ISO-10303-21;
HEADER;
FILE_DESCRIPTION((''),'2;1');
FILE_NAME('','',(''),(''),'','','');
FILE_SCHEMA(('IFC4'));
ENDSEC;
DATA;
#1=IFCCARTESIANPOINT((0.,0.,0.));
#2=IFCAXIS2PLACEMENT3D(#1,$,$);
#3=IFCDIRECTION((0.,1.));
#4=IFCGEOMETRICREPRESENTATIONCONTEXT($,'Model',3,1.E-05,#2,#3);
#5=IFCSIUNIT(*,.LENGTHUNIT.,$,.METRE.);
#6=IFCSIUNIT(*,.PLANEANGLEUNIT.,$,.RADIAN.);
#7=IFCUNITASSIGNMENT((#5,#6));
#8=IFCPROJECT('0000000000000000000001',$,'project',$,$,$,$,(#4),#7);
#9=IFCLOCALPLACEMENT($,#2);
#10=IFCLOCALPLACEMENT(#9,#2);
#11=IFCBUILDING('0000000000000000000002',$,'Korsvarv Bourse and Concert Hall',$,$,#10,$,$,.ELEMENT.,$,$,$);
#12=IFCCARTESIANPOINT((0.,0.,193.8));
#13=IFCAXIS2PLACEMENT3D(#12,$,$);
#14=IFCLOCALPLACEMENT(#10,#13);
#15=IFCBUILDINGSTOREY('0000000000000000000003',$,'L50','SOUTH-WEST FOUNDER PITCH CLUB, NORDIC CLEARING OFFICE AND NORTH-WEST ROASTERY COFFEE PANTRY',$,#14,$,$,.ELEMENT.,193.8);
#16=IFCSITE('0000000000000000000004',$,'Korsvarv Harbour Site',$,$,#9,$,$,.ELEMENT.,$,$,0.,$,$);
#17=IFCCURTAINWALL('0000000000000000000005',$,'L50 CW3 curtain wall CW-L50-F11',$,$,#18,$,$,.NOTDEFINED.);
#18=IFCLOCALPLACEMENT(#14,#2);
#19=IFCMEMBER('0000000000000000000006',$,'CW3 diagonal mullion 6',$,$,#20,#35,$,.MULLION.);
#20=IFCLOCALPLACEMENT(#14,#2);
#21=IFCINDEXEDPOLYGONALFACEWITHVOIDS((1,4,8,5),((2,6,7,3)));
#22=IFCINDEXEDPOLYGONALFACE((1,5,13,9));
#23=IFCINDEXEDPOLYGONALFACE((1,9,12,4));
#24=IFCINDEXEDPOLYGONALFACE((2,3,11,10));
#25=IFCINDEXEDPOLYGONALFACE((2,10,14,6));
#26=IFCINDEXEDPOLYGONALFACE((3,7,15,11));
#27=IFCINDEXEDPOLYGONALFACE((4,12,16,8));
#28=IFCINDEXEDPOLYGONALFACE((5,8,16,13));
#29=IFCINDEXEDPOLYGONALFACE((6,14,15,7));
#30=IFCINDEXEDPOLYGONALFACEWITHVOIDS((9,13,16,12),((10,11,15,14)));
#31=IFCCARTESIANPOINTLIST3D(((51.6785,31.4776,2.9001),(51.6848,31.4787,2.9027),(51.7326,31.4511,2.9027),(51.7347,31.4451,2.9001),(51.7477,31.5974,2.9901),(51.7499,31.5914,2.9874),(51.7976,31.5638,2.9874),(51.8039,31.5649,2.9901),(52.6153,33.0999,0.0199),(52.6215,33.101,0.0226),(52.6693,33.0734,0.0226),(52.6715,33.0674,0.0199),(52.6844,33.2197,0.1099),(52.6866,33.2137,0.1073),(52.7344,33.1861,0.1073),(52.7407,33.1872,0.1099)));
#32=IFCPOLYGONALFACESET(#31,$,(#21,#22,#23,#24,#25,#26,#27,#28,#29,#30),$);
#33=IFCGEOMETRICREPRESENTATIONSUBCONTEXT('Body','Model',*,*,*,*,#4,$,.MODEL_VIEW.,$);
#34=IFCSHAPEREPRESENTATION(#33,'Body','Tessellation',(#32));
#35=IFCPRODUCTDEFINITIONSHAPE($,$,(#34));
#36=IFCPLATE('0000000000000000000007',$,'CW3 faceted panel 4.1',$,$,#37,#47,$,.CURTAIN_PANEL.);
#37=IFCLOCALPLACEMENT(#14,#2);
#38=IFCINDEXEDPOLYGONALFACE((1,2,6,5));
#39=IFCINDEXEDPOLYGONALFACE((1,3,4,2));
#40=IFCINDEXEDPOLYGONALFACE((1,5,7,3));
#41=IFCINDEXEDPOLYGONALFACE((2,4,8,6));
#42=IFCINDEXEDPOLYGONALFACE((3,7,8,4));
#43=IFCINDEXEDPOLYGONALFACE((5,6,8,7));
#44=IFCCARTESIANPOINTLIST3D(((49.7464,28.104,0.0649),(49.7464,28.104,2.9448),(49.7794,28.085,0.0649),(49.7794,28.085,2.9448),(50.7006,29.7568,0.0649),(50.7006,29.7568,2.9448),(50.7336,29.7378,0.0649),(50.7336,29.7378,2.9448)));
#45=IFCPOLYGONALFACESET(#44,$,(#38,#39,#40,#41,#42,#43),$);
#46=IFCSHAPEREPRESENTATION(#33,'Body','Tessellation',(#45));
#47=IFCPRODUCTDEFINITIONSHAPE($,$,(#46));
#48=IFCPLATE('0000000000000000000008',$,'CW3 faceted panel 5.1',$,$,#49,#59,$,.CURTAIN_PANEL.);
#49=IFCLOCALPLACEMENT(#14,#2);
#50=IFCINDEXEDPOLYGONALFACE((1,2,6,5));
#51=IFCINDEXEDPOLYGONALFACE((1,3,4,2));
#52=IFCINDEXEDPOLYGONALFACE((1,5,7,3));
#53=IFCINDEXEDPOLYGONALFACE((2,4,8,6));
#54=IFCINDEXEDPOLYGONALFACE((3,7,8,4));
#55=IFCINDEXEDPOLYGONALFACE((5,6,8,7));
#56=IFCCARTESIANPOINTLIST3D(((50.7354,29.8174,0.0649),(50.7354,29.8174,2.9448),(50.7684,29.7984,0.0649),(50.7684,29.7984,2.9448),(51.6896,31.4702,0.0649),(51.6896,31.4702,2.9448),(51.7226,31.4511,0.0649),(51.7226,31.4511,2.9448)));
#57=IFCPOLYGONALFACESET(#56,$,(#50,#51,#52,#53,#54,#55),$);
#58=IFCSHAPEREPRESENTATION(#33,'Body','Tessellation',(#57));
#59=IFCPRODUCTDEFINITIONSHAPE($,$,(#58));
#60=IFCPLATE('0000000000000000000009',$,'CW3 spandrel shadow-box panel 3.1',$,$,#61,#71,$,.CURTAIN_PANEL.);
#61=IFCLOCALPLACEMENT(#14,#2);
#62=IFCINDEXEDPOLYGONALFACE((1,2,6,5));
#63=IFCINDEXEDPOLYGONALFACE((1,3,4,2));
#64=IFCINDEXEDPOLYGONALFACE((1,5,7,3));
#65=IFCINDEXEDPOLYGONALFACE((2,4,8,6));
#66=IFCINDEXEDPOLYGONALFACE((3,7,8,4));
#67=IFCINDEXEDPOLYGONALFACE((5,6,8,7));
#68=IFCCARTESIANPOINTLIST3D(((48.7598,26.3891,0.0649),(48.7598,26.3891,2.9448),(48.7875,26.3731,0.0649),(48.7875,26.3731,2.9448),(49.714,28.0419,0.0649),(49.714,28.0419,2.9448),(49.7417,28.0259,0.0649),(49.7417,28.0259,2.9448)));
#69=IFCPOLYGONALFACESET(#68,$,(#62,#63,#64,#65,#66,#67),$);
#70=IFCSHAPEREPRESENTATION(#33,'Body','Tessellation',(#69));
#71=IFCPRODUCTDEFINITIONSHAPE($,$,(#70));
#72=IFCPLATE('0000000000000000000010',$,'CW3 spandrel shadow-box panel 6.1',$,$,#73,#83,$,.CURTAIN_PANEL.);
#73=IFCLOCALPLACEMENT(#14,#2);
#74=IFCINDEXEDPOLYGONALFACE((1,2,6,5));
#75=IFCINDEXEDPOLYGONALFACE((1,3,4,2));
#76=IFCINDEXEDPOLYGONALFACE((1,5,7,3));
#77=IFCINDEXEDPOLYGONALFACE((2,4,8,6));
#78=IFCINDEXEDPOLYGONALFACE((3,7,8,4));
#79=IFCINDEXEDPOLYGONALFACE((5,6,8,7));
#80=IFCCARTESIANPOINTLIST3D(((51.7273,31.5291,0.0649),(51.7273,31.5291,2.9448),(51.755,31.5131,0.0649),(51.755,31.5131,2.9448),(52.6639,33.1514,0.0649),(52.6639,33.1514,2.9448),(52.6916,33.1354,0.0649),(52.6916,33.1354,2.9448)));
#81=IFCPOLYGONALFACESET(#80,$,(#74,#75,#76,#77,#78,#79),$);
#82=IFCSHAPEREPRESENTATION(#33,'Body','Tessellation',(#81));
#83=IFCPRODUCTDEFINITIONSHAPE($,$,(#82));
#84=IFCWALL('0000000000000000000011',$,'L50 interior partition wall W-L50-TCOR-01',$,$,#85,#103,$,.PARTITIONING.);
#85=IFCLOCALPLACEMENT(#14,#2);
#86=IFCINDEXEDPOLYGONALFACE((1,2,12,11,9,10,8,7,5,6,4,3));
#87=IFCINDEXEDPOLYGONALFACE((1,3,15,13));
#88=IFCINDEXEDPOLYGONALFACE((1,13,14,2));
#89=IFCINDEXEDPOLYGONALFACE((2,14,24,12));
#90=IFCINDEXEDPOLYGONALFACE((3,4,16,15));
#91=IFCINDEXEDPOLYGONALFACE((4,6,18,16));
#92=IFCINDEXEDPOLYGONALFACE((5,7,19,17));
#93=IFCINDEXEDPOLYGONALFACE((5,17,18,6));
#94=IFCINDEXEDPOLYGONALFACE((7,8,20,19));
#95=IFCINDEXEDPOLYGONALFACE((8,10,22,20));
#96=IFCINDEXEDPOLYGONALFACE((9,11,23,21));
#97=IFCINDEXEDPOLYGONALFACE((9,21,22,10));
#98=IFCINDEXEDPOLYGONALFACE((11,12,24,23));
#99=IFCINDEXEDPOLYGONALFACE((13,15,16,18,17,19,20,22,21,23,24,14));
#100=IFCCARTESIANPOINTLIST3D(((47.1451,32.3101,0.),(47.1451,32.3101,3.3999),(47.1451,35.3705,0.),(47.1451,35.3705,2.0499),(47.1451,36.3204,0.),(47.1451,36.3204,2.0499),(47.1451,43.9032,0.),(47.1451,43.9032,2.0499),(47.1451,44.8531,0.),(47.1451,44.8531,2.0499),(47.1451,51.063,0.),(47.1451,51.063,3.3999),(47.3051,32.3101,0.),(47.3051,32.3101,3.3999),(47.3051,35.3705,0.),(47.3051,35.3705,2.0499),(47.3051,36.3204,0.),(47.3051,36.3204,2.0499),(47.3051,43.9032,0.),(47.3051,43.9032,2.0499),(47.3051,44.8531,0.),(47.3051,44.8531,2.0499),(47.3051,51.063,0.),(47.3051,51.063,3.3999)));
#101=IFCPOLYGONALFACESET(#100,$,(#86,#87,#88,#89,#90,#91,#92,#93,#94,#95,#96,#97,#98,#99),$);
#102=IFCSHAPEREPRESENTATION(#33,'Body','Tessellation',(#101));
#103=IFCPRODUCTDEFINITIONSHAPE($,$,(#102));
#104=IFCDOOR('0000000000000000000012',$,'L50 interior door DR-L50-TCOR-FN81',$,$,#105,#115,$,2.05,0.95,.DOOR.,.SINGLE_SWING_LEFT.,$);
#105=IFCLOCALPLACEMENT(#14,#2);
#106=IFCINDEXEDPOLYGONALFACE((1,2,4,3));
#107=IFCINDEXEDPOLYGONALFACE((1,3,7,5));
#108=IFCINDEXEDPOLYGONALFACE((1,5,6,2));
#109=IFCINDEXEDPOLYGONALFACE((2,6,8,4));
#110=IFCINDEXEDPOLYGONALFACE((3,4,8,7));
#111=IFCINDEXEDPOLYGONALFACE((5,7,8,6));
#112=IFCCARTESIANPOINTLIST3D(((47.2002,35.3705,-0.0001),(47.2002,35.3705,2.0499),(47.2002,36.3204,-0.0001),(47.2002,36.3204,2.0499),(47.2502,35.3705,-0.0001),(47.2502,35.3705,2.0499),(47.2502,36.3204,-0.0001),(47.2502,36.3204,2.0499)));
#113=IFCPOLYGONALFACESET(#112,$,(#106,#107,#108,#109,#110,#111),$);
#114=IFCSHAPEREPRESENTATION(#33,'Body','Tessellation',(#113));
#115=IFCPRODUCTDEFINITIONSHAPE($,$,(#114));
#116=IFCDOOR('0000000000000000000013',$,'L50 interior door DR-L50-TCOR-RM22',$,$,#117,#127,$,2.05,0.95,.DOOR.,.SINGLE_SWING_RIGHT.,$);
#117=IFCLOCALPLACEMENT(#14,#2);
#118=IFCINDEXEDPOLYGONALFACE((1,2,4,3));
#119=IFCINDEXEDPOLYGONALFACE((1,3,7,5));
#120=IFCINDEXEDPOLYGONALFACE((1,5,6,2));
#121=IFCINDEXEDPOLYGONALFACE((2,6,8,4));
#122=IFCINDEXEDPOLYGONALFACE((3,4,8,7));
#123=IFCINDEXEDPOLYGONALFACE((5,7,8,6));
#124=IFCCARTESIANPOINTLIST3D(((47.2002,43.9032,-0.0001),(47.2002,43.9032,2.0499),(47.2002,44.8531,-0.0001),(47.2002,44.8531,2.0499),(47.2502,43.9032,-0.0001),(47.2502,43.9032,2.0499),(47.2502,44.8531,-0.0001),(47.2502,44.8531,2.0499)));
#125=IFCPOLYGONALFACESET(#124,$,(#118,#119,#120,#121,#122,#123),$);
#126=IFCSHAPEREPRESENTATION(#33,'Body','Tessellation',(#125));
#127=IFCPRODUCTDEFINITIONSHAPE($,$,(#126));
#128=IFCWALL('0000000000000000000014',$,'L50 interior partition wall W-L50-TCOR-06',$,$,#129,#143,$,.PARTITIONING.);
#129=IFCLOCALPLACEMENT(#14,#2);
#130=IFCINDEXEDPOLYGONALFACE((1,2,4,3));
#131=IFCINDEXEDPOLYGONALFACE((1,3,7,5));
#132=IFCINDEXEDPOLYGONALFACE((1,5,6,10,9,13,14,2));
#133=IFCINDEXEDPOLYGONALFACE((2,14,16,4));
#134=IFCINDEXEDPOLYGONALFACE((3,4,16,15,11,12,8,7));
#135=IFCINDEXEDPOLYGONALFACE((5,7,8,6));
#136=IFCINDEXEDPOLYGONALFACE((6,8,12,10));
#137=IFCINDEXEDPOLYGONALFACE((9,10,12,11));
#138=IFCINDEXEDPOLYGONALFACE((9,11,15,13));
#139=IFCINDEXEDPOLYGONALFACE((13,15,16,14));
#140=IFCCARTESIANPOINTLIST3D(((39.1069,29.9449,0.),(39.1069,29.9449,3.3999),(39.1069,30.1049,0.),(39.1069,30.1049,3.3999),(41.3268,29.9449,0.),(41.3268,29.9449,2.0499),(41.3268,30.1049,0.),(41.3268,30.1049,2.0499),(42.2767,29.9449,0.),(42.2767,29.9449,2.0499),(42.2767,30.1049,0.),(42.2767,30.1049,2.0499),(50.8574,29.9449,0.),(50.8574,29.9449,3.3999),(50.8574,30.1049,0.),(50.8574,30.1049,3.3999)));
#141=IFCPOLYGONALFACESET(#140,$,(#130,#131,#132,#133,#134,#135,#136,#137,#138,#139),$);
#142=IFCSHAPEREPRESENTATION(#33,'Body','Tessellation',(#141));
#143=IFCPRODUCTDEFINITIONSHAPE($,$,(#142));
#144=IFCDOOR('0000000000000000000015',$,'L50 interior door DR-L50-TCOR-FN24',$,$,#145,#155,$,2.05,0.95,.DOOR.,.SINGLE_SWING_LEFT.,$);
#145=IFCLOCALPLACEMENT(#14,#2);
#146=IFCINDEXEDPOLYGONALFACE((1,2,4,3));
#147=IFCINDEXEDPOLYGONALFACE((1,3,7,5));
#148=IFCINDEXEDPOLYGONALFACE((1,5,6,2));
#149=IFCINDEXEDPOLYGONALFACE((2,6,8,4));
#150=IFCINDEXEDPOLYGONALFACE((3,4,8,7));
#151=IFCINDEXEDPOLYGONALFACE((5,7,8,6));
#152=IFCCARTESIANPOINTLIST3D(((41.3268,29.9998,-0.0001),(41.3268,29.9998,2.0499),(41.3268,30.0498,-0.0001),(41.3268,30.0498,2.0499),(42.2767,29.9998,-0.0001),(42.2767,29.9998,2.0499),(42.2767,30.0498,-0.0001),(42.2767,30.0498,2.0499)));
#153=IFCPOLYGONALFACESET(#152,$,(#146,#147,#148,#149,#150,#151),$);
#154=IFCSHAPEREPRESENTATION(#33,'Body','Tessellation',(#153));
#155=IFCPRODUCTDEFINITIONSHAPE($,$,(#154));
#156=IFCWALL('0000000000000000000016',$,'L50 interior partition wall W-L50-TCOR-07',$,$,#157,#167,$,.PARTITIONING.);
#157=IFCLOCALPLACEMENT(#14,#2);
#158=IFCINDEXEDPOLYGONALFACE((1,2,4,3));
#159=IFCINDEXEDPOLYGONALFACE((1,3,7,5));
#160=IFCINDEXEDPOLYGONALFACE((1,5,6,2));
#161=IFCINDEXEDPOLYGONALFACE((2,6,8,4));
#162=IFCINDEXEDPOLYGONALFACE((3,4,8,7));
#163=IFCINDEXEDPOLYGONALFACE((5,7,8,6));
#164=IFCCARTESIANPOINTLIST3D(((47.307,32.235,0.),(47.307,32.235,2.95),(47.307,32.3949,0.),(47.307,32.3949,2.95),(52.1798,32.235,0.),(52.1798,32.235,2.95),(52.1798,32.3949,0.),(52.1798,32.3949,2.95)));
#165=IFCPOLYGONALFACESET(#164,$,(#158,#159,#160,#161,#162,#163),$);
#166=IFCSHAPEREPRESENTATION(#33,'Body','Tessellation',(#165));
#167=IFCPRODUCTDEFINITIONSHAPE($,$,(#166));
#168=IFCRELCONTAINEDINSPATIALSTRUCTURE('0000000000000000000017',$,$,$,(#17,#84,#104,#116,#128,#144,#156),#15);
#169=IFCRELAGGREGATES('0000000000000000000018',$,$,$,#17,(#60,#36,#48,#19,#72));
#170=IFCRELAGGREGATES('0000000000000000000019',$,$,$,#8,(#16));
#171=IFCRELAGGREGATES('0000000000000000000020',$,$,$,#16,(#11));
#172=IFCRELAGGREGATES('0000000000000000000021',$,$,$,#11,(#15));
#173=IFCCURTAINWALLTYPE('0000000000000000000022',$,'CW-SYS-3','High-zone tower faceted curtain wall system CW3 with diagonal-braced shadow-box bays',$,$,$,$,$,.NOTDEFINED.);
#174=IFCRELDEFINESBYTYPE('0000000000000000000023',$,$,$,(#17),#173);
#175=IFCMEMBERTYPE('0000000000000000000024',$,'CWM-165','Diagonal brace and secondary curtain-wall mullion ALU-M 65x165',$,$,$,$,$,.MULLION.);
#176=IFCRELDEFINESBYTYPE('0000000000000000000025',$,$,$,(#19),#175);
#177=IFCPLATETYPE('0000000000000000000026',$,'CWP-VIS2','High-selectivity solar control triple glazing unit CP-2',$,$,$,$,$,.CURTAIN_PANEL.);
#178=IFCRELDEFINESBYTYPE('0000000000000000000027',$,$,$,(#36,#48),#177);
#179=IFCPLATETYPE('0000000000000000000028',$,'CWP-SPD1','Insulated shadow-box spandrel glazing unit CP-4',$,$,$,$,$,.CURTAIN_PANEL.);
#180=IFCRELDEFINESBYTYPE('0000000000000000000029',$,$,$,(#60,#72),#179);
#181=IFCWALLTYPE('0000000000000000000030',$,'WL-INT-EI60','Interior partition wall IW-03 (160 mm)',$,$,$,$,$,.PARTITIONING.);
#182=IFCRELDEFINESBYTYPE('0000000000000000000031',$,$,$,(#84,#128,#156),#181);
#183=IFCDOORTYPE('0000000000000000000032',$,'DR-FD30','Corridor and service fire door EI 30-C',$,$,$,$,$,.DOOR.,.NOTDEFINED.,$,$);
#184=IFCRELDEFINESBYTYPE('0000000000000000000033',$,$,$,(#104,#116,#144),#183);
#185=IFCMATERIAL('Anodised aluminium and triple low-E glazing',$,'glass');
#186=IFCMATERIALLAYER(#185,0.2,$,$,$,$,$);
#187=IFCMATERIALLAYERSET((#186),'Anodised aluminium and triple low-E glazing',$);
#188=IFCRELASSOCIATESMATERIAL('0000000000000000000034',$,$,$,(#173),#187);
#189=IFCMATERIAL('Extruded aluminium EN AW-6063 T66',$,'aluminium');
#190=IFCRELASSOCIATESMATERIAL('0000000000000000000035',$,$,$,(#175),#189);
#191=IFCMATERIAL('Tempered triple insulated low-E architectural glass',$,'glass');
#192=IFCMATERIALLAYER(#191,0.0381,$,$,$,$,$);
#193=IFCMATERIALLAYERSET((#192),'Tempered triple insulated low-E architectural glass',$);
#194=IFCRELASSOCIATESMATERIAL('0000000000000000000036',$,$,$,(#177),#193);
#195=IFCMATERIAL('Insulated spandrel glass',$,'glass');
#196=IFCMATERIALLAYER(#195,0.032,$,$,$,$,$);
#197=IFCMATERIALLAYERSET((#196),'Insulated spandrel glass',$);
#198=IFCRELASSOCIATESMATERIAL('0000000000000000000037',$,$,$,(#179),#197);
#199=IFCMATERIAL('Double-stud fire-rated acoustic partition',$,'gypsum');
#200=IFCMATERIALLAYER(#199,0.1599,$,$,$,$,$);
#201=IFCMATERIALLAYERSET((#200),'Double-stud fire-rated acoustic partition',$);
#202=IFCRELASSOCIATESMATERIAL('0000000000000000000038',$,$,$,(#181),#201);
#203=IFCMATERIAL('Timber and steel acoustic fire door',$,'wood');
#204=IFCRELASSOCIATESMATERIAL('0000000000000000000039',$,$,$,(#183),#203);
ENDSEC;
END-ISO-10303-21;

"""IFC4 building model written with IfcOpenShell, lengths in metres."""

from ifc_helpers import new_model, si_unit, direction, frame, frame_2d, origin, origin_2d, place, context, subcontext, project, spatial, rectangle, hollow_rectangle, extrude, source, transform, mapped, material, layer, layer_set, material_profile, profile_set, type_object, element, fill, aggregate, save


model = new_model("IFC4")

# Units and contexts
model_context = context("Model", 3, precision=1e-05, world=origin(), true_north=direction((0.0, 1.0)))
body_context = subcontext(model_context, "Body", "Model", "MODEL_VIEW")
ifc_project = project(units=[si_unit("LENGTHUNIT", "METRE"), si_unit("PLANEANGLEUNIT", "RADIAN")], contexts=[model_context])

# Site, building, storey
site_placement = place(None, origin())
site = spatial("IfcSite", under=ifc_project, at=site_placement, Name="Korsvarv Harbour Site", CompositionType="ELEMENT", RefElevation=0.0)
building_placement = place(site_placement, origin())
building = spatial("IfcBuilding", under=site, at=building_placement, Name="Korsvarv Bourse and Concert Hall", CompositionType="ELEMENT")
storey_placement = place(building_placement, frame((0.0, 0.0, 193.8)))
storey = spatial("IfcBuildingStorey", under=building, at=storey_placement, Name="L50", Description="SOUTH-WEST FOUNDER PITCH CLUB, NORDIC CLEARING OFFICE AND NORTH-WEST ROASTERY COFFEE PANTRY", CompositionType="ELEMENT", Elevation=193.8)

# Curtain wall, member, plates
ifc_material_1 = material(Name="Anodised aluminium and triple low-E glazing", Category="glass")
ifc_layer_1 = layer(ifc_material_1, 0.2)
ifc_layer_set_1 = layer_set([ifc_layer_1], Name="Anodised aluminium and triple low-E glazing")
curtain_wall_type = type_object("IfcCurtainWallType", Name="CW-SYS-3", Description="High-zone tower faceted curtain wall system CW3 with diagonal-braced shadow-box bays", PredefinedType="NOTDEFINED", material=ifc_layer_set_1)
curtain_wall_placement = place(storey_placement, origin())
curtain_wall = element("IfcCurtainWall", 1, at=curtain_wall_placement, inside=storey, type_object=curtain_wall_type, Name="L50 CW3 curtain wall CW-L50-F11", PredefinedType="NOTDEFINED")
ifc_material_2 = material(Name="Extruded aluminium EN AW-6063 T66", Category="aluminium")
ifc_material_profile_1 = material_profile(ifc_material_2, hollow_rectangle(XDim=0.0649, YDim=0.165, WallThickness=0.0049, at=origin_2d()), Name="ALU-M 65x165")
ifc_profile_set_1 = profile_set([ifc_material_profile_1], Name="Extruded aluminium EN AW-6063 T66")
member_type_1 = type_object("IfcMemberType", Name="CWM-165", Description="Diagonal brace and secondary curtain-wall mullion ALU-M 65x165", PredefinedType="MULLION", material=ifc_profile_set_1)
shared_shape_1 = source(origin(), body_context, "Body", "SweptSolid", [
    extrude(hollow_rectangle(XDim=0.0649, YDim=0.165, WallThickness=0.0049, at=origin_2d()), origin(), (0.0, 0.0, 1.0), 3.4358),
])
member_1_placement = place(storey_placement, frame((52.678, 33.1436, 0.0649), z_axis=(-0.272651, -0.472183, 0.838275), x_axis=(0.865997, -0.50005, 0.0)))
member_1 = element("IfcMember", 2, at=member_1_placement, type_object=member_type_1, Name="CW3 diagonal mullion 6", PredefinedType="MULLION", context=body_context, shape_type="MappedRepresentation", body=[
    mapped(shared_shape_1, transform((0.0, 0.0, 0.0), scale=1.0)),
])
ifc_material_3 = material(Name="Tempered triple insulated low-E architectural glass", Category="glass")
ifc_layer_2 = layer(ifc_material_3, 0.0381)
ifc_layer_set_2 = layer_set([ifc_layer_2], Name="Tempered triple insulated low-E architectural glass")
plate_type_1 = type_object("IfcPlateType", Name="CWP-VIS2", Description="High-selectivity solar control triple glazing unit CP-2", PredefinedType="CURTAIN_PANEL", material=ifc_layer_set_2)
shared_shape_2 = source(origin(), body_context, "Body", "SweptSolid", [
    extrude(rectangle(XDim=1.9084, YDim=0.0381, at=origin_2d()), origin(), (0.0, 0.0, 1.0), 2.8799),
])
plate_1_placement = place(storey_placement, frame((50.24, 28.9209, 0.0649), z_axis=(0.0, 0.0, 1.0), x_axis=(0.499993, 0.86603, 0.0)))
plate_1 = element("IfcPlate", 3, at=plate_1_placement, type_object=plate_type_1, Name="CW3 faceted panel 4.1", PredefinedType="CURTAIN_PANEL", context=body_context, shape_type="MappedRepresentation", body=[
    mapped(shared_shape_2, transform((0.0, 0.0, 0.0), scale=1.0)),
])
plate_2_placement = place(storey_placement, frame((51.229, 30.6343, 0.0649), z_axis=(0.0, 0.0, 1.0), x_axis=(0.499993, 0.86603, 0.0)))
plate_2 = element("IfcPlate", 4, at=plate_2_placement, type_object=plate_type_1, Name="CW3 faceted panel 5.1", PredefinedType="CURTAIN_PANEL", context=body_context, shape_type="MappedRepresentation", body=[
    mapped(shared_shape_2, transform((0.0, 0.0, 0.0), scale=1.0)),
])
ifc_material_4 = material(Name="Insulated spandrel glass", Category="glass")
ifc_layer_3 = layer(ifc_material_4, 0.032)
ifc_layer_set_3 = layer_set([ifc_layer_3], Name="Insulated spandrel glass")
plate_type_2 = type_object("IfcPlateType", Name="CWP-SPD1", Description="Insulated shadow-box spandrel glazing unit CP-4", PredefinedType="CURTAIN_PANEL", material=ifc_layer_set_3)
shared_shape_3 = source(origin(), body_context, "Body", "SweptSolid", [
    extrude(rectangle(XDim=1.9084, YDim=0.032, at=origin_2d()), origin(), (0.0, 0.0, 1.0), 2.8799),
])
plate_3_placement = place(storey_placement, frame((49.2507, 27.2075, 0.0649), z_axis=(0.0, 0.0, 1.0), x_axis=(0.499993, 0.86603, 0.0)))
plate_3 = element("IfcPlate", 5, at=plate_3_placement, type_object=plate_type_2, Name="CW3 spandrel shadow-box panel 3.1", PredefinedType="CURTAIN_PANEL", context=body_context, shape_type="MappedRepresentation", body=[
    mapped(shared_shape_3, transform((0.0, 0.0, 0.0), scale=1.0)),
])
shared_shape_4 = source(origin(), body_context, "Body", "SweptSolid", [
    extrude(rectangle(XDim=1.8733, YDim=0.032, at=origin_2d()), origin(), (0.0, 0.0, 1.0), 2.8799),
])
plate_4_placement = place(storey_placement, frame((52.2095, 32.3323, 0.0649), z_axis=(0.0, 0.0, 1.0), x_axis=(0.499993, 0.86603, 0.0)))
plate_4 = element("IfcPlate", 6, at=plate_4_placement, type_object=plate_type_2, Name="CW3 spandrel shadow-box panel 6.1", PredefinedType="CURTAIN_PANEL", context=body_context, shape_type="MappedRepresentation", body=[
    mapped(shared_shape_4, transform((0.0, 0.0, 0.0), scale=1.0)),
])
aggregate(curtain_wall, [plate_3, plate_1, plate_2, member_1, plate_4])

# Wall, openings, doors
ifc_material_5 = material(Name="Double-stud fire-rated acoustic partition", Category="gypsum")
ifc_layer_4 = layer(ifc_material_5, 0.1599)
ifc_layer_set_4 = layer_set([ifc_layer_4], Name="Double-stud fire-rated acoustic partition")
wall_type_1 = type_object("IfcWallType", Name="WL-INT-EI60", Description="Interior partition wall IW-03 (160 mm)", PredefinedType="PARTITIONING", material=ifc_layer_set_4)
wall_1_placement = place(storey_placement, frame((47.2251, 32.3101, 0.0), z_axis=(0.0, 0.0, 1.0), x_axis=(0.0, 1.0, 0.0)))
wall_1 = element("IfcWall", 7, at=wall_1_placement, inside=storey, type_object=wall_type_1, Name="L50 interior partition wall W-L50-TCOR-01", PredefinedType="PARTITIONING", context=body_context, shape_type="SweptSolid", body=[
    extrude(rectangle(XDim=18.7529, YDim=0.1599, at=frame_2d((9.3765, 0.0))), origin(), (0.0, 0.0, 1.0), 3.3999),
])
opening_1_placement = place(wall_1_placement, frame((3.0603, 0.0, 0.0)))
opening_1 = element("IfcOpeningElement", 8, at=opening_1_placement, cuts=wall_1, PredefinedType="OPENING", context=body_context, shape_type="SweptSolid", body=[
    extrude(rectangle(XDim=0.95, YDim=2.05, at=frame_2d((0.4751, 1.0249))), frame((0.0, 0.0898, 0.0), z_axis=(0.0, -1.0, 0.0), x_axis=(1.0, 0.0, 0.0)), (0.0, 0.0, 1.0), 0.1799),
])
opening_2_placement = place(wall_1_placement, frame((11.593, 0.0, 0.0)))
opening_2 = element("IfcOpeningElement", 9, at=opening_2_placement, cuts=wall_1, PredefinedType="OPENING", context=body_context, shape_type="SweptSolid", body=[
    extrude(rectangle(XDim=0.95, YDim=2.05, at=frame_2d((0.4751, 1.0249))), frame((0.0, 0.0898, 0.0), z_axis=(0.0, -1.0, 0.0), x_axis=(1.0, 0.0, 0.0)), (0.0, 0.0, 1.0), 0.1799),
])
ifc_material_6 = material(Name="Timber and steel acoustic fire door", Category="wood")
door_type = type_object("IfcDoorType", Name="DR-FD30", Description="Corridor and service fire door EI 30-C", OperationType="NOTDEFINED", PredefinedType="DOOR", material=ifc_material_6)
door_1_placement = place(opening_1_placement, origin())
door_1 = element("IfcDoor", 10, at=door_1_placement, inside=storey, type_object=door_type, Name="L50 interior door DR-L50-TCOR-FN81", OperationType="SINGLE_SWING_LEFT", OverallHeight=2.05, OverallWidth=0.95, PredefinedType="DOOR", context=body_context, shape_type="SweptSolid", body=[
    extrude(rectangle(XDim=0.95, YDim=2.05, at=frame_2d((0.4751, 1.0249))), frame((0.0, 0.0249, 0.0), z_axis=(0.0, -1.0, 0.0), x_axis=(1.0, 0.0, 0.0)), (0.0, 0.0, 1.0), 0.05),
])
fill(opening_1, door_1)
door_2_placement = place(opening_2_placement, origin())
door_2 = element("IfcDoor", 11, at=door_2_placement, inside=storey, type_object=door_type, Name="L50 interior door DR-L50-TCOR-RM22", OperationType="SINGLE_SWING_RIGHT", OverallHeight=2.05, OverallWidth=0.95, PredefinedType="DOOR", context=body_context, shape_type="SweptSolid", body=[
    extrude(rectangle(XDim=0.95, YDim=2.05, at=frame_2d((0.4751, 1.0249))), frame((0.0, 0.0249, 0.0), z_axis=(0.0, -1.0, 0.0), x_axis=(1.0, 0.0, 0.0)), (0.0, 0.0, 1.0), 0.05),
])
fill(opening_2, door_2)

# Wall, opening, door
wall_2_placement = place(storey_placement, frame((39.1069, 30.0249, 0.0), z_axis=(0.0, 0.0, 1.0), x_axis=(1.0, 0.0, 0.0)))
wall_2 = element("IfcWall", 12, at=wall_2_placement, inside=storey, type_object=wall_type_1, Name="L50 interior partition wall W-L50-TCOR-06", PredefinedType="PARTITIONING", context=body_context, shape_type="SweptSolid", body=[
    extrude(rectangle(XDim=11.7505, YDim=0.1599, at=frame_2d((5.8752, 0.0))), origin(), (0.0, 0.0, 1.0), 3.3999),
])
opening_3_placement = place(wall_2_placement, frame((2.2197, 0.0, 0.0)))
opening_3 = element("IfcOpeningElement", 13, at=opening_3_placement, cuts=wall_2, PredefinedType="OPENING", context=body_context, shape_type="SweptSolid", body=[
    extrude(rectangle(XDim=0.95, YDim=2.05, at=frame_2d((0.4751, 1.0249))), frame((0.0, 0.0898, 0.0), z_axis=(0.0, -1.0, 0.0), x_axis=(1.0, 0.0, 0.0)), (0.0, 0.0, 1.0), 0.1799),
])
door_3_placement = place(opening_3_placement, origin())
door_3 = element("IfcDoor", 14, at=door_3_placement, inside=storey, type_object=door_type, Name="L50 interior door DR-L50-TCOR-FN24", OperationType="SINGLE_SWING_LEFT", OverallHeight=2.05, OverallWidth=0.95, PredefinedType="DOOR", context=body_context, shape_type="SweptSolid", body=[
    extrude(rectangle(XDim=0.95, YDim=2.05, at=frame_2d((0.4751, 1.0249))), frame((0.0, 0.0249, 0.0), z_axis=(0.0, -1.0, 0.0), x_axis=(1.0, 0.0, 0.0)), (0.0, 0.0, 1.0), 0.05),
])
fill(opening_3, door_3)

# Wall
wall_3_placement = place(storey_placement, frame((47.3069, 32.3149, 0.0), z_axis=(0.0, 0.0, 1.0), x_axis=(1.0, 0.0, 0.0)))
element("IfcWall", 15, at=wall_3_placement, inside=storey, type_object=wall_type_1, Name="L50 interior partition wall W-L50-TCOR-07", PredefinedType="PARTITIONING", context=body_context, shape_type="SweptSolid", body=[
    extrude(rectangle(XDim=4.8728, YDim=0.1599, at=frame_2d((2.4365, 0.0))), origin(), (0.0, 0.0, 1.0), 2.95),
])

save(model, "model.ifc")
